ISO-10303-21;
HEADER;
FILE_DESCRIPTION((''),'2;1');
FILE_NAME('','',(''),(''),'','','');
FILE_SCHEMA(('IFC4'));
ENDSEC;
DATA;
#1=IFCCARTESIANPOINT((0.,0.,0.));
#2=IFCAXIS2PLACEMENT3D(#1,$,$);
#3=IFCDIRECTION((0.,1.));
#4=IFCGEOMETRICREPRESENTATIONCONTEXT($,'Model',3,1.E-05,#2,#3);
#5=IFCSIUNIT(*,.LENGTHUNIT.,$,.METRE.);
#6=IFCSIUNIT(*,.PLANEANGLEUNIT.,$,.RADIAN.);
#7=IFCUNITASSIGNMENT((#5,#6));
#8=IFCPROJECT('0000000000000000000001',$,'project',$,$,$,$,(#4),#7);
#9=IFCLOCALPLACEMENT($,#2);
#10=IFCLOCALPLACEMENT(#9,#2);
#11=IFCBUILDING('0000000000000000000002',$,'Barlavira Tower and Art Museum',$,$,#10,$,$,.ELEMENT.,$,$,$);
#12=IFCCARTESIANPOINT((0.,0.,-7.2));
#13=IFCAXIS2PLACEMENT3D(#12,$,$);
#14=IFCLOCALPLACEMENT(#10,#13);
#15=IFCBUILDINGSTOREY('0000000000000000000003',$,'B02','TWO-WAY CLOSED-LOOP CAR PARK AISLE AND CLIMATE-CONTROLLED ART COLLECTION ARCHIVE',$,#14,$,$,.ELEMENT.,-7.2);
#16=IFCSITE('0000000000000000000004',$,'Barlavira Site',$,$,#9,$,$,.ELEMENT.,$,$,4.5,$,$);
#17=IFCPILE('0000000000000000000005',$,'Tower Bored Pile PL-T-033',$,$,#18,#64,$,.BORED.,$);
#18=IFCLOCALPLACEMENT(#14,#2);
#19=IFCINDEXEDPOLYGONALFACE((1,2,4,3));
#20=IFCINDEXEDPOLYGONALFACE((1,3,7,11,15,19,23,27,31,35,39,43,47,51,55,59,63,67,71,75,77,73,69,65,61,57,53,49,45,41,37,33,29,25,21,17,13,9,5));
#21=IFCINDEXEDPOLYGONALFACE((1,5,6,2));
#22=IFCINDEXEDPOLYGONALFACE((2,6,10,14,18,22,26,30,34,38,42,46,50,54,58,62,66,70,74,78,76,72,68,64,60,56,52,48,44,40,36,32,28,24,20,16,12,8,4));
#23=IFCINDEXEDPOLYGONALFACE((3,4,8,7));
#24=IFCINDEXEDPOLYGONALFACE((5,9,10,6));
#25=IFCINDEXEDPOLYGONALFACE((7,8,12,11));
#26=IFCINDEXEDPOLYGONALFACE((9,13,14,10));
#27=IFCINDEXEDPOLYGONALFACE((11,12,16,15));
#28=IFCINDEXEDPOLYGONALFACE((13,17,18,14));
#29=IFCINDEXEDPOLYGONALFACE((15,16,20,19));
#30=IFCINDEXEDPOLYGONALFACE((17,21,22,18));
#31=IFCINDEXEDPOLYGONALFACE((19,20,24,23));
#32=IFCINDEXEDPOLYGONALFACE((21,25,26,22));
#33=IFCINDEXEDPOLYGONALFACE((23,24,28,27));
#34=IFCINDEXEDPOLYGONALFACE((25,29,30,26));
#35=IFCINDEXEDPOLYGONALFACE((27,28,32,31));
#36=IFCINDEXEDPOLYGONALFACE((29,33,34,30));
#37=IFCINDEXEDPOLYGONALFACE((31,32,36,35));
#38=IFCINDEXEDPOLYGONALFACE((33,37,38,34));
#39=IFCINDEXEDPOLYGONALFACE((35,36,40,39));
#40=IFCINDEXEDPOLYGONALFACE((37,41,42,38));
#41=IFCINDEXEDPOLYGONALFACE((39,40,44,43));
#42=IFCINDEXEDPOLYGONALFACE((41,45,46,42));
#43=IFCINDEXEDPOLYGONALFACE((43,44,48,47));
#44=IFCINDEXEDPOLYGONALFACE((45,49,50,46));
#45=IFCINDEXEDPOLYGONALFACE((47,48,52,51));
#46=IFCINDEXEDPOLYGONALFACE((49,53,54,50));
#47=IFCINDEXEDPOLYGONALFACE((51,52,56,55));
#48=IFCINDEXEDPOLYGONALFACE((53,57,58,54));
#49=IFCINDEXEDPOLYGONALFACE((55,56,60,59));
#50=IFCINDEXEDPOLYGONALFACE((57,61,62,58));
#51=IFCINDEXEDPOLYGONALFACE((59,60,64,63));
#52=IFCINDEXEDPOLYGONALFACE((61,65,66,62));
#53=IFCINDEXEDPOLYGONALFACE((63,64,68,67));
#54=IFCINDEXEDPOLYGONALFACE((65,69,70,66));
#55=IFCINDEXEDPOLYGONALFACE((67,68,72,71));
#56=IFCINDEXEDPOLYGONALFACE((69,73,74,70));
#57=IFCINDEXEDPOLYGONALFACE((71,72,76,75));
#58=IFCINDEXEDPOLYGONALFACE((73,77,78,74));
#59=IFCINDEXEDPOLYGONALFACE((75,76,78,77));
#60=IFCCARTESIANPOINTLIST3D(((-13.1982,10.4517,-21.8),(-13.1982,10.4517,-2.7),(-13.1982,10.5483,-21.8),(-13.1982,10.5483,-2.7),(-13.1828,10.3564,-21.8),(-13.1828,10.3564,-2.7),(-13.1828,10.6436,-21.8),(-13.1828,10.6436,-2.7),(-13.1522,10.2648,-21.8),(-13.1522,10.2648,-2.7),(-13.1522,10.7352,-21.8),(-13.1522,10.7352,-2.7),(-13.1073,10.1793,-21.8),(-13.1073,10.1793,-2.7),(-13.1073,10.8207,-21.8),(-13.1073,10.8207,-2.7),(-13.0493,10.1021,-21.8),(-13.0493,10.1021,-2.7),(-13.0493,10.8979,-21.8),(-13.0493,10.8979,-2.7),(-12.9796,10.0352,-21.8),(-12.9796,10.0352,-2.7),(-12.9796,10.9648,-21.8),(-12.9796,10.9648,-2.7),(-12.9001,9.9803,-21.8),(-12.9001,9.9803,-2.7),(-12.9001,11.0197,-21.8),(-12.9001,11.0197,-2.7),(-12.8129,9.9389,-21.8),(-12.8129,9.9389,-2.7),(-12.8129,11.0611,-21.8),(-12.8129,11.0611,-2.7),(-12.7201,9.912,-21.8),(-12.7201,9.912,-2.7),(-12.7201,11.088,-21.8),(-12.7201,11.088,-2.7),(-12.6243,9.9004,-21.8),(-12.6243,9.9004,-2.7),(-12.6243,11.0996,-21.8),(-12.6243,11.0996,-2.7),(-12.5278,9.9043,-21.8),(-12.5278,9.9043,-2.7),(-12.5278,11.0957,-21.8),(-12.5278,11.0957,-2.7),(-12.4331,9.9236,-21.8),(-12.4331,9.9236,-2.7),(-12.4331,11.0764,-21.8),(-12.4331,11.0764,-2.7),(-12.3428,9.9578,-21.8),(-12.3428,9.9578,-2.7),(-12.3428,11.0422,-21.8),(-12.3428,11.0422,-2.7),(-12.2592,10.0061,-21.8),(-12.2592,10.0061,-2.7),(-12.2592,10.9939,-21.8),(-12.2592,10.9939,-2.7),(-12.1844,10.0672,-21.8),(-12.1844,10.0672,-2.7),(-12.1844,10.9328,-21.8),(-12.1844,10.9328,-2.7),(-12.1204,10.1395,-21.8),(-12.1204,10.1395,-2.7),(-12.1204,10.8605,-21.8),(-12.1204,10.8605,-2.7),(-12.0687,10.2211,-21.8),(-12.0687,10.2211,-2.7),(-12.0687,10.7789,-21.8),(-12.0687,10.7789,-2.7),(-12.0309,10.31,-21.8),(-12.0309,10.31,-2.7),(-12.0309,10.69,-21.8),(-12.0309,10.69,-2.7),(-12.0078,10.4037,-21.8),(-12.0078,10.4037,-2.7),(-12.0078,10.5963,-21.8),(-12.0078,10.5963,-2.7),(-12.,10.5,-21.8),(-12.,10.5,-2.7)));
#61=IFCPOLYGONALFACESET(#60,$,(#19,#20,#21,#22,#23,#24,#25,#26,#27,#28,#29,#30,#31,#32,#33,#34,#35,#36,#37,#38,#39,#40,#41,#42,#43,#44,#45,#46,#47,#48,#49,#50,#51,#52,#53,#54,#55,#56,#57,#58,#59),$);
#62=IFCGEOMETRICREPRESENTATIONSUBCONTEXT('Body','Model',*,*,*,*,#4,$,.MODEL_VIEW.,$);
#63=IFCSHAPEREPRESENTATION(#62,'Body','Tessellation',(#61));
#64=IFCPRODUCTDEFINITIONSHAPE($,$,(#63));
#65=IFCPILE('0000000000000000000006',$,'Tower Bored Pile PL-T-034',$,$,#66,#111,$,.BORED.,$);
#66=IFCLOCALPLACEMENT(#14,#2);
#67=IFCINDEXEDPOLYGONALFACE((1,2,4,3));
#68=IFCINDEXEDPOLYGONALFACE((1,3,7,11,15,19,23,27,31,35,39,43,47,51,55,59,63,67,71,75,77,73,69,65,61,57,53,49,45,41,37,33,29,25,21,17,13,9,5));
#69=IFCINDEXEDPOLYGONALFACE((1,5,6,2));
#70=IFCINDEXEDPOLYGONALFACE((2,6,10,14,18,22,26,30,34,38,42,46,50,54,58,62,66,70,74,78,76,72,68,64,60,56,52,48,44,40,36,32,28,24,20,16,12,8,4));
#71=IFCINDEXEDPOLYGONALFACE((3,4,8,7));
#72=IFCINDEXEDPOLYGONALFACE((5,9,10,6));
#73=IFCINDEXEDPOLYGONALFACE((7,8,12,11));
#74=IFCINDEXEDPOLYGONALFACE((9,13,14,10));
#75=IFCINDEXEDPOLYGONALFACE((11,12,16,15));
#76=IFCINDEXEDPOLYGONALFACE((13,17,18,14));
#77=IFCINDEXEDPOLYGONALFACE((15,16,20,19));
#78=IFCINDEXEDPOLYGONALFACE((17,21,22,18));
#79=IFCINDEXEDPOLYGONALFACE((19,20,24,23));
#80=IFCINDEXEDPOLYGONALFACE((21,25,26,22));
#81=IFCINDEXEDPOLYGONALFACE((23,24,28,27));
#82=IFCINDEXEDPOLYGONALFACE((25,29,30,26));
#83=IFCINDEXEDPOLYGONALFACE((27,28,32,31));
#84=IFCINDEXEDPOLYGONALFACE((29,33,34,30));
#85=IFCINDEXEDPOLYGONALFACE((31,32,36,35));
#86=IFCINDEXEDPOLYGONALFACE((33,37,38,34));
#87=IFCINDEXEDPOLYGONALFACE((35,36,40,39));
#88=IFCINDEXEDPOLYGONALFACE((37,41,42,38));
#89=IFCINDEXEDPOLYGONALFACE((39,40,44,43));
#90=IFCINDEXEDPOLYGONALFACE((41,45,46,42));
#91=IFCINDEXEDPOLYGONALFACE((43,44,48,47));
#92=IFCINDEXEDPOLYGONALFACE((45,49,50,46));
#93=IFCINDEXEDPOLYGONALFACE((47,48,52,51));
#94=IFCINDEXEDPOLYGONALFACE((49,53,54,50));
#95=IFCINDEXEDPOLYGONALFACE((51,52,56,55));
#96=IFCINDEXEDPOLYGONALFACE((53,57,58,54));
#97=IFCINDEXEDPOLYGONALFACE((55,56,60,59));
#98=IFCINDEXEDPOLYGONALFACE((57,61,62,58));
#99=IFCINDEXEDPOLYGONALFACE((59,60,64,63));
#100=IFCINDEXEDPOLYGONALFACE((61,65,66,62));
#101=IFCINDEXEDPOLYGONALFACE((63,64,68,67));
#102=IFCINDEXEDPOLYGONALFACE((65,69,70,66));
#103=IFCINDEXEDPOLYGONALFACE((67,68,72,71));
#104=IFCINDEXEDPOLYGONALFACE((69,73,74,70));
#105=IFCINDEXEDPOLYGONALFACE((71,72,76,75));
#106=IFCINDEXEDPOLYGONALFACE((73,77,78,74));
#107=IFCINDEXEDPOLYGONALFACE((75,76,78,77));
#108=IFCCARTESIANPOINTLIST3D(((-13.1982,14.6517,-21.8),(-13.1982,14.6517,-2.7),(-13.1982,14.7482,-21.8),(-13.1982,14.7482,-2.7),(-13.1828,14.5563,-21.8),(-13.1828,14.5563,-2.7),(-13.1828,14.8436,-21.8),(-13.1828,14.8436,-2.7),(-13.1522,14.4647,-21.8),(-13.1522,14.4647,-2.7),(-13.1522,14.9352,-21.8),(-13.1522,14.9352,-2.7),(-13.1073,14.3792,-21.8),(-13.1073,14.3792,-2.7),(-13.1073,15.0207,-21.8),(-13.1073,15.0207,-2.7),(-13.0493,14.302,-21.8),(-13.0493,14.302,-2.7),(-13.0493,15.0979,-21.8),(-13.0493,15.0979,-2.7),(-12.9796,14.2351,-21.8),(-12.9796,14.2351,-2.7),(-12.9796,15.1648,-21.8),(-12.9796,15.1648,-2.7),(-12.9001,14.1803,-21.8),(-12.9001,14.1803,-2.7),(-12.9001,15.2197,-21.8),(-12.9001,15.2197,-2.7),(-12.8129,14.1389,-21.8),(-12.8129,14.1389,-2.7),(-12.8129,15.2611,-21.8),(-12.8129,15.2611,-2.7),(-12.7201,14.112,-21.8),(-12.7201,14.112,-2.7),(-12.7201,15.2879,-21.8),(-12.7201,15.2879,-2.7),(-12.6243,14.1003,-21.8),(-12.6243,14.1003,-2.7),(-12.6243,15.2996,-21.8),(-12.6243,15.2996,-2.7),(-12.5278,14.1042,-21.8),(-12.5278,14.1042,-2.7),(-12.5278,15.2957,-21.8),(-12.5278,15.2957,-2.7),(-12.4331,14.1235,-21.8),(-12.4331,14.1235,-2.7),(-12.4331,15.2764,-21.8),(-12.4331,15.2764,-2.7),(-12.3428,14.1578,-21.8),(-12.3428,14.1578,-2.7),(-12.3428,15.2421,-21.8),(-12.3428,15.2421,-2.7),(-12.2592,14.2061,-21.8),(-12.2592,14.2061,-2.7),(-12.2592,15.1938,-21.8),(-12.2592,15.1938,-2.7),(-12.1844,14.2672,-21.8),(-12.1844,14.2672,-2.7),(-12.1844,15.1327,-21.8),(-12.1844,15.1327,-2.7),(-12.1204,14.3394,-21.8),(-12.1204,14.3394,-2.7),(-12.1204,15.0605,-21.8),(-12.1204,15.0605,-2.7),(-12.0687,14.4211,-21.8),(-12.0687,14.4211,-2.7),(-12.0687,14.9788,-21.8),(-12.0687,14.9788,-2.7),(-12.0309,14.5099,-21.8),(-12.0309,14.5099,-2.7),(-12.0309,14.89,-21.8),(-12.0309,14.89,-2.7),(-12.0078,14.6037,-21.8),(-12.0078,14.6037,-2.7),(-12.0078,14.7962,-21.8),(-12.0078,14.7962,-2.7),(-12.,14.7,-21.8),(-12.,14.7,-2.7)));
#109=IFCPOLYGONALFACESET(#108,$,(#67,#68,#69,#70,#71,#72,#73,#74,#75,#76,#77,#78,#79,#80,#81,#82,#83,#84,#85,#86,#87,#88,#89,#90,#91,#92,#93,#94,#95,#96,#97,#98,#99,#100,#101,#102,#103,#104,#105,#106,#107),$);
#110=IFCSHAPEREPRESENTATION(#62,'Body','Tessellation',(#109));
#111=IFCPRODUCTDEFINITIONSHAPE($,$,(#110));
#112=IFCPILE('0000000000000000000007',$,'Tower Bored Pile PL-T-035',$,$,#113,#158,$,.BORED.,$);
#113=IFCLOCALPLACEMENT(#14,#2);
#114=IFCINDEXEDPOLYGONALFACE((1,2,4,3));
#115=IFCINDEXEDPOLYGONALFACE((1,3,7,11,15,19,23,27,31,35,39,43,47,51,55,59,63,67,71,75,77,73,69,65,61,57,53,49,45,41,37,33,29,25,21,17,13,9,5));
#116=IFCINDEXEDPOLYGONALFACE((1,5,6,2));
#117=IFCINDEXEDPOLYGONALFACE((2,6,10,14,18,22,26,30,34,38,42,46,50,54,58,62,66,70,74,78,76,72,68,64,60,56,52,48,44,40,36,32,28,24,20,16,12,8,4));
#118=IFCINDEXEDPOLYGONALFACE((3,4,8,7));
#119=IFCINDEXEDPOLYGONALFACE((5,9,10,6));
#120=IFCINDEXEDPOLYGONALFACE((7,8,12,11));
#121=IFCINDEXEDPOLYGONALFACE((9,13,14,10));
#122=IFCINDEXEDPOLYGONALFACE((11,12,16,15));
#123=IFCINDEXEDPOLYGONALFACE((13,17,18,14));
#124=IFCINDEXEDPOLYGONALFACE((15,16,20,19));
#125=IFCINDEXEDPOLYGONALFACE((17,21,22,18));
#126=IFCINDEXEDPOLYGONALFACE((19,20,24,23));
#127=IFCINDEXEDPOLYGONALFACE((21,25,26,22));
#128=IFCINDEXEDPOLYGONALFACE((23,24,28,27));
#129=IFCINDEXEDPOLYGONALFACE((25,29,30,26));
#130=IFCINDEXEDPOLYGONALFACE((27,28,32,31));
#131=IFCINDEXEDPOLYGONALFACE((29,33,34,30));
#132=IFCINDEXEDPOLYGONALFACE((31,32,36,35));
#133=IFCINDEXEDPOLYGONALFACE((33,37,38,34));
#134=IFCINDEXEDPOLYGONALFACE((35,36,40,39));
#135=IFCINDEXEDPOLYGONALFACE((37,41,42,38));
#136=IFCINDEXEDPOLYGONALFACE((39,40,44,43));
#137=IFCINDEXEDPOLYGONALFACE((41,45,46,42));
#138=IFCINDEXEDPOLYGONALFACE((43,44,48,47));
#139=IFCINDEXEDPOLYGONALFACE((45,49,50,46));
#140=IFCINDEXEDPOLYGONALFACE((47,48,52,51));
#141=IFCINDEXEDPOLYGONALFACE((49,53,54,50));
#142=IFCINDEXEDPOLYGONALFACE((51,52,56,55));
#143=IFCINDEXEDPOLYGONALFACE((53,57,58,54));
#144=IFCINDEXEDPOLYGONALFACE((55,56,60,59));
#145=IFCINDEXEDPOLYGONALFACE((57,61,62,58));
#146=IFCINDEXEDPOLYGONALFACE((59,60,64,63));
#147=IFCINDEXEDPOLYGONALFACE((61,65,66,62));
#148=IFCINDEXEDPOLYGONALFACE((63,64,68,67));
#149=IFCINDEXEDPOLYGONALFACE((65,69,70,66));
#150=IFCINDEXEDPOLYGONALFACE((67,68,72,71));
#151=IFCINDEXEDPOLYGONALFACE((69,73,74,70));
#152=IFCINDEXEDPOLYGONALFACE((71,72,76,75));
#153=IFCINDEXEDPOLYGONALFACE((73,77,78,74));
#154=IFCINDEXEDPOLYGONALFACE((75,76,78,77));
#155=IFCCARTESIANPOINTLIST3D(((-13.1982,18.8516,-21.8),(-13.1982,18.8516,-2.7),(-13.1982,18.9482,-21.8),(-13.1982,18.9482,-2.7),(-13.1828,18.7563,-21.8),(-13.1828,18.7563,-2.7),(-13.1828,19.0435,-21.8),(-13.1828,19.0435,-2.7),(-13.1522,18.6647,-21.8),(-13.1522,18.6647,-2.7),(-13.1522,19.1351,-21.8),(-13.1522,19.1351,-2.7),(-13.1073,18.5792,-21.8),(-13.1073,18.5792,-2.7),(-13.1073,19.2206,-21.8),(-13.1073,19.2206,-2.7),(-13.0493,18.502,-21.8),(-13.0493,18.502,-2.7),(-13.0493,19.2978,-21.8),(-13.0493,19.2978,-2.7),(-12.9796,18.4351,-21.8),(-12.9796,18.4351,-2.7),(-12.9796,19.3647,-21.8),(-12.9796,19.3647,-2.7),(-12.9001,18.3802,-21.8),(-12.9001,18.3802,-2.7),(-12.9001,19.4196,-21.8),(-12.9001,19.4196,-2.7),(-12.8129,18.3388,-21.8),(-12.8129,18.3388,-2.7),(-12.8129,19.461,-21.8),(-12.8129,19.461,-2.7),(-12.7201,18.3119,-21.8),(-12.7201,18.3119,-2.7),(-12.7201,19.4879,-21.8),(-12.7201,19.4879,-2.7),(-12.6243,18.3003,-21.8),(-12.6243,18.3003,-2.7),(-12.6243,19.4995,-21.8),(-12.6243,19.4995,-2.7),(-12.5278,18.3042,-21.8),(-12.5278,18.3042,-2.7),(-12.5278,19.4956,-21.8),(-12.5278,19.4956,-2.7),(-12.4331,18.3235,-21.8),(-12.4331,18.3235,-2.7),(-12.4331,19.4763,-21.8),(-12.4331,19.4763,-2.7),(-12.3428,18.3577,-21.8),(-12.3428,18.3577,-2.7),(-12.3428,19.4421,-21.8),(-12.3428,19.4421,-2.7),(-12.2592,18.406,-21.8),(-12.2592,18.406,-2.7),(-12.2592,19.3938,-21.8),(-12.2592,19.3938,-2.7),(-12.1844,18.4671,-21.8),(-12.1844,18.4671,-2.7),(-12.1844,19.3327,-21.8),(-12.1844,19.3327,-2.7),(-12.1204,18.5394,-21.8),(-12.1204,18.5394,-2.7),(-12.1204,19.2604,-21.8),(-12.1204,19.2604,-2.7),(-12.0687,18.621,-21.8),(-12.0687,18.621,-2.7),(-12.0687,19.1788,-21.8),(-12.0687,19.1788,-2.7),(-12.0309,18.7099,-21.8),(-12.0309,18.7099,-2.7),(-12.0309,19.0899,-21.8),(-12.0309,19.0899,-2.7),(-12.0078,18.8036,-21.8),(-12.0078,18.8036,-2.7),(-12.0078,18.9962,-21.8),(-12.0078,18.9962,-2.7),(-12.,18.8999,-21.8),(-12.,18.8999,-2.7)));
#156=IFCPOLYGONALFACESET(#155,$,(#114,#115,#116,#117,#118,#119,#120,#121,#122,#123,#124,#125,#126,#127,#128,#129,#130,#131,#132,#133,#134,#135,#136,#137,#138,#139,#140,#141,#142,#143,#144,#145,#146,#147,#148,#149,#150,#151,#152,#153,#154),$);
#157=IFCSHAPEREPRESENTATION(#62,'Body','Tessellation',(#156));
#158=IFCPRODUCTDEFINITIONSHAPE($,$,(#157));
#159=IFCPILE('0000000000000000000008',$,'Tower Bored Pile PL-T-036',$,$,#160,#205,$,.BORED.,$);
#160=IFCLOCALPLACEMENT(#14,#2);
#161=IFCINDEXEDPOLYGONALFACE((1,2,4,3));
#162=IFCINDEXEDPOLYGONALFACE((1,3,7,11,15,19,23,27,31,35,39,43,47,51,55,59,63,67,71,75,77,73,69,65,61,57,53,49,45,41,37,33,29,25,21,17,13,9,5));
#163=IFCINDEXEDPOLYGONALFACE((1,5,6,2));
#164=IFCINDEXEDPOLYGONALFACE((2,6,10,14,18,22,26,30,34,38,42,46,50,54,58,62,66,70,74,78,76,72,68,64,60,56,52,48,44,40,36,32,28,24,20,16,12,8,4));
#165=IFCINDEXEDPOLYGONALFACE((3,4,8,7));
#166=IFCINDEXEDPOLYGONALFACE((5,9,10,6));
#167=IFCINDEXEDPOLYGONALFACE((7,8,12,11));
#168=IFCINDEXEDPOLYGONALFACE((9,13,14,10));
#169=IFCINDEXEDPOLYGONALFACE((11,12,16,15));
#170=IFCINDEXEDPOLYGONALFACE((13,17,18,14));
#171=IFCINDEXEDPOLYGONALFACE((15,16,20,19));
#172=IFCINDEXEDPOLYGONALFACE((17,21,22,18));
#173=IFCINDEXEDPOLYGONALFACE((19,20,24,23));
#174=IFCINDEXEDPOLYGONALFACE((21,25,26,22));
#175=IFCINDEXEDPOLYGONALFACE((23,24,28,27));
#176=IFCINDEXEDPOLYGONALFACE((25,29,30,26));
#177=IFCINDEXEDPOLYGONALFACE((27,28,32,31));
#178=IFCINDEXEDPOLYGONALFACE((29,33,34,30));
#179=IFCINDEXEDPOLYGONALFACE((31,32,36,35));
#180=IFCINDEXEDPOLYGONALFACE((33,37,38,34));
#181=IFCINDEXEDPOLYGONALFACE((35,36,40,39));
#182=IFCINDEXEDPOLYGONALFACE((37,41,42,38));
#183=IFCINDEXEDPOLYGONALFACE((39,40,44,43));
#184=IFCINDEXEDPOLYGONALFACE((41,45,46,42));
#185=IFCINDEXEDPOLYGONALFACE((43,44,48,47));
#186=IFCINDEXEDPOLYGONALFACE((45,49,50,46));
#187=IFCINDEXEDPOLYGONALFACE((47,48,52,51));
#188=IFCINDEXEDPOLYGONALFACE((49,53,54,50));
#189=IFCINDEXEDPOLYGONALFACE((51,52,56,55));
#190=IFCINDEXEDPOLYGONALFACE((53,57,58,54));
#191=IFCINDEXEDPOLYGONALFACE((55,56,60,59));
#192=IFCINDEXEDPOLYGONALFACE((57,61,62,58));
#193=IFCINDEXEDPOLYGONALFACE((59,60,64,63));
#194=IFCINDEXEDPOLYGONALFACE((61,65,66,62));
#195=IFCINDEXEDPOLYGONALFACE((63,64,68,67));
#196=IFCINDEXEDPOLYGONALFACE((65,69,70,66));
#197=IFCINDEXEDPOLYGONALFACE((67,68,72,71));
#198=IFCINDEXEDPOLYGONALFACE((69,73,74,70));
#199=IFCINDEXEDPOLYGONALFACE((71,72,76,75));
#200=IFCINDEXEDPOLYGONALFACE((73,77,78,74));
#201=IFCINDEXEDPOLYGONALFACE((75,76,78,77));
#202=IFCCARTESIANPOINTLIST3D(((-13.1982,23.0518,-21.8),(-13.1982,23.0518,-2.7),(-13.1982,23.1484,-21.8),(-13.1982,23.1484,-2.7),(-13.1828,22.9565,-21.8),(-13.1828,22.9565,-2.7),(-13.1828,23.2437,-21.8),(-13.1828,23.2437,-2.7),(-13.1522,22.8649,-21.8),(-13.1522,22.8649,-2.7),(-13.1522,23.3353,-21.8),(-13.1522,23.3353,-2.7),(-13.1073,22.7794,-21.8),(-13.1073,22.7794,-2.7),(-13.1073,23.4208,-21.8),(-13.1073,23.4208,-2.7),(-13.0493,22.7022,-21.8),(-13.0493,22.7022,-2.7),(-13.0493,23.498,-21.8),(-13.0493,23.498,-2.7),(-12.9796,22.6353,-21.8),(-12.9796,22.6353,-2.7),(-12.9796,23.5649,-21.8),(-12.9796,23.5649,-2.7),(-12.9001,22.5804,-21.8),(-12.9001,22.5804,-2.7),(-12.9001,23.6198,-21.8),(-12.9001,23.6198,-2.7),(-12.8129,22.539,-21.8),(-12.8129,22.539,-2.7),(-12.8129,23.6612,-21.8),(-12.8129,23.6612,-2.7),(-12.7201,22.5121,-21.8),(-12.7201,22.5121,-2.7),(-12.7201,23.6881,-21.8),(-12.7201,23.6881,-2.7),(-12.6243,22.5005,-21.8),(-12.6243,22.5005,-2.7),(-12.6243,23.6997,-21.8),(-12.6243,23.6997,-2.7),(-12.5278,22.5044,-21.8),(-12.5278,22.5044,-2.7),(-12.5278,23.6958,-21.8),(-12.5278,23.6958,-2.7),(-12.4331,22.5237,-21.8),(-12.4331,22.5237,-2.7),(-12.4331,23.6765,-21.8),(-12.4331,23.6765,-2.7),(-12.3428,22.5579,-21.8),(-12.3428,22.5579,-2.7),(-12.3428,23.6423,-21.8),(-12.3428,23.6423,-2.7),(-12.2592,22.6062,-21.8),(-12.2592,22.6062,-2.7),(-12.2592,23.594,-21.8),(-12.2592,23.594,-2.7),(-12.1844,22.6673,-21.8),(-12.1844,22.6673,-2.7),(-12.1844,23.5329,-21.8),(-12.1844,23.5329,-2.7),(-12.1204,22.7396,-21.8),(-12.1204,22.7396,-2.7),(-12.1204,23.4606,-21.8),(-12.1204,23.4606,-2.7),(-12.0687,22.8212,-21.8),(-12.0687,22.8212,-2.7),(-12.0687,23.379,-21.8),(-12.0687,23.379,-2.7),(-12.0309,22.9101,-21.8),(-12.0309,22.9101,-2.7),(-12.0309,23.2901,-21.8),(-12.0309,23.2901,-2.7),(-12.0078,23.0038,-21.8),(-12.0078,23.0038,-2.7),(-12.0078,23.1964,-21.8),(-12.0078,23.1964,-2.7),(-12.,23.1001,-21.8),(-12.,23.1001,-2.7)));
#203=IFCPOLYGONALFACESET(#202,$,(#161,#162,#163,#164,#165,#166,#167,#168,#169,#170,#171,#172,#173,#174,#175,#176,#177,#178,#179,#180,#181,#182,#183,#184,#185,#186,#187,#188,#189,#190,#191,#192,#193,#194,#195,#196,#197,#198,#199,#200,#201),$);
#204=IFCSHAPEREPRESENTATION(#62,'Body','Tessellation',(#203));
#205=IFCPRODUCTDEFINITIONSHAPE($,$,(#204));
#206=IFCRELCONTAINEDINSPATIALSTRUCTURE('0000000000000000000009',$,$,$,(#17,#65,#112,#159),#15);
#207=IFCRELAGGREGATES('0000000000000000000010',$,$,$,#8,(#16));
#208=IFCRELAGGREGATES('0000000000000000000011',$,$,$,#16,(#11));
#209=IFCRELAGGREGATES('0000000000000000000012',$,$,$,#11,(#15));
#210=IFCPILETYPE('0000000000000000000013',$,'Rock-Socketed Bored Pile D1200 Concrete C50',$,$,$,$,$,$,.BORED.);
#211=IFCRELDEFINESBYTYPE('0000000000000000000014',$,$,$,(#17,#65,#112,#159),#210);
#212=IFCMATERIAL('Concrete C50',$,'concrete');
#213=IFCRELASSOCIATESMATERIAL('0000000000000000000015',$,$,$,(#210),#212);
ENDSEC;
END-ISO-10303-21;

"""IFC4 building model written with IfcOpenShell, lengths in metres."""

from ifc_helpers import new_model, si_unit, direction, frame, origin, origin_2d, place, context, subcontext, project, spatial, circle, extrude, material, material_profile, profile_set, type_object, element, save


model = new_model("IFC4")

# Units and contexts
model_context = context("Model", 3, precision=1e-05, world=origin(), true_north=direction((0.0, 1.0)))
body_context = subcontext(model_context, "Body", "Model", "MODEL_VIEW")
ifc_project = project(units=[si_unit("LENGTHUNIT", "METRE"), si_unit("PLANEANGLEUNIT", "RADIAN")], contexts=[model_context])

# Site, building, storey
site_placement = place(None, origin())
site = spatial("IfcSite", under=ifc_project, at=site_placement, Name="Barlavira Site", CompositionType="ELEMENT", RefElevation=4.5)
building_placement = place(site_placement, origin())
building = spatial("IfcBuilding", under=site, at=building_placement, Name="Barlavira Tower and Art Museum", CompositionType="ELEMENT")
storey_placement = place(building_placement, frame((0.0, 0.0, -7.2)))
storey = spatial("IfcBuildingStorey", under=building, at=storey_placement, Name="B02", Description="TWO-WAY CLOSED-LOOP CAR PARK AISLE AND CLIMATE-CONTROLLED ART COLLECTION ARCHIVE", CompositionType="ELEMENT", Elevation=-7.2)

# Piles
ifc_material_1 = material(Name="Concrete C50", Category="concrete")
ifc_material_profile_1 = material_profile(ifc_material_1, circle(Radius=0.6001, at=origin_2d()), Name="BORED PILE D1200")
ifc_profile_set_1 = profile_set([ifc_material_profile_1], Name="Concrete C50")
pile_type = type_object("IfcPileType", Name="Rock-Socketed Bored Pile D1200 Concrete C50", PredefinedType="BORED", material=ifc_profile_set_1)
for number, where, z_axis, x_axis, name in (
    (1, (-12.6001, 10.5, -2.7), (0.0, 0.0, -1.0), (1.0, 0.0, 0.0), "Tower Bored Pile PL-T-033"),
    (2, (-12.6001, 14.7, -2.7), (0.0, 0.0, -1.0), (1.0, 0.0, 0.0), "Tower Bored Pile PL-T-034"),
    (3, (-12.6001, 18.8999, -2.7), (0.0, 0.0, -1.0), (1.0, 0.0, 0.0), "Tower Bored Pile PL-T-035"),
    (4, (-12.6001, 23.1001, -2.7), (0.0, 0.0, -1.0), (1.0, 0.0, 0.0), "Tower Bored Pile PL-T-036"),
):
    element("IfcPile", number, at=place(storey_placement, frame(where, z_axis=z_axis, x_axis=x_axis)), inside=storey, type_object=pile_type, Name=name, PredefinedType="BORED", context=body_context, shape_type="SweptSolid", body=[
        extrude(circle(Radius=0.6001, at=origin_2d()), origin(), (0.0, 0.0, 1.0), 19.1001),
    ])

save(model, "model.ifc")
